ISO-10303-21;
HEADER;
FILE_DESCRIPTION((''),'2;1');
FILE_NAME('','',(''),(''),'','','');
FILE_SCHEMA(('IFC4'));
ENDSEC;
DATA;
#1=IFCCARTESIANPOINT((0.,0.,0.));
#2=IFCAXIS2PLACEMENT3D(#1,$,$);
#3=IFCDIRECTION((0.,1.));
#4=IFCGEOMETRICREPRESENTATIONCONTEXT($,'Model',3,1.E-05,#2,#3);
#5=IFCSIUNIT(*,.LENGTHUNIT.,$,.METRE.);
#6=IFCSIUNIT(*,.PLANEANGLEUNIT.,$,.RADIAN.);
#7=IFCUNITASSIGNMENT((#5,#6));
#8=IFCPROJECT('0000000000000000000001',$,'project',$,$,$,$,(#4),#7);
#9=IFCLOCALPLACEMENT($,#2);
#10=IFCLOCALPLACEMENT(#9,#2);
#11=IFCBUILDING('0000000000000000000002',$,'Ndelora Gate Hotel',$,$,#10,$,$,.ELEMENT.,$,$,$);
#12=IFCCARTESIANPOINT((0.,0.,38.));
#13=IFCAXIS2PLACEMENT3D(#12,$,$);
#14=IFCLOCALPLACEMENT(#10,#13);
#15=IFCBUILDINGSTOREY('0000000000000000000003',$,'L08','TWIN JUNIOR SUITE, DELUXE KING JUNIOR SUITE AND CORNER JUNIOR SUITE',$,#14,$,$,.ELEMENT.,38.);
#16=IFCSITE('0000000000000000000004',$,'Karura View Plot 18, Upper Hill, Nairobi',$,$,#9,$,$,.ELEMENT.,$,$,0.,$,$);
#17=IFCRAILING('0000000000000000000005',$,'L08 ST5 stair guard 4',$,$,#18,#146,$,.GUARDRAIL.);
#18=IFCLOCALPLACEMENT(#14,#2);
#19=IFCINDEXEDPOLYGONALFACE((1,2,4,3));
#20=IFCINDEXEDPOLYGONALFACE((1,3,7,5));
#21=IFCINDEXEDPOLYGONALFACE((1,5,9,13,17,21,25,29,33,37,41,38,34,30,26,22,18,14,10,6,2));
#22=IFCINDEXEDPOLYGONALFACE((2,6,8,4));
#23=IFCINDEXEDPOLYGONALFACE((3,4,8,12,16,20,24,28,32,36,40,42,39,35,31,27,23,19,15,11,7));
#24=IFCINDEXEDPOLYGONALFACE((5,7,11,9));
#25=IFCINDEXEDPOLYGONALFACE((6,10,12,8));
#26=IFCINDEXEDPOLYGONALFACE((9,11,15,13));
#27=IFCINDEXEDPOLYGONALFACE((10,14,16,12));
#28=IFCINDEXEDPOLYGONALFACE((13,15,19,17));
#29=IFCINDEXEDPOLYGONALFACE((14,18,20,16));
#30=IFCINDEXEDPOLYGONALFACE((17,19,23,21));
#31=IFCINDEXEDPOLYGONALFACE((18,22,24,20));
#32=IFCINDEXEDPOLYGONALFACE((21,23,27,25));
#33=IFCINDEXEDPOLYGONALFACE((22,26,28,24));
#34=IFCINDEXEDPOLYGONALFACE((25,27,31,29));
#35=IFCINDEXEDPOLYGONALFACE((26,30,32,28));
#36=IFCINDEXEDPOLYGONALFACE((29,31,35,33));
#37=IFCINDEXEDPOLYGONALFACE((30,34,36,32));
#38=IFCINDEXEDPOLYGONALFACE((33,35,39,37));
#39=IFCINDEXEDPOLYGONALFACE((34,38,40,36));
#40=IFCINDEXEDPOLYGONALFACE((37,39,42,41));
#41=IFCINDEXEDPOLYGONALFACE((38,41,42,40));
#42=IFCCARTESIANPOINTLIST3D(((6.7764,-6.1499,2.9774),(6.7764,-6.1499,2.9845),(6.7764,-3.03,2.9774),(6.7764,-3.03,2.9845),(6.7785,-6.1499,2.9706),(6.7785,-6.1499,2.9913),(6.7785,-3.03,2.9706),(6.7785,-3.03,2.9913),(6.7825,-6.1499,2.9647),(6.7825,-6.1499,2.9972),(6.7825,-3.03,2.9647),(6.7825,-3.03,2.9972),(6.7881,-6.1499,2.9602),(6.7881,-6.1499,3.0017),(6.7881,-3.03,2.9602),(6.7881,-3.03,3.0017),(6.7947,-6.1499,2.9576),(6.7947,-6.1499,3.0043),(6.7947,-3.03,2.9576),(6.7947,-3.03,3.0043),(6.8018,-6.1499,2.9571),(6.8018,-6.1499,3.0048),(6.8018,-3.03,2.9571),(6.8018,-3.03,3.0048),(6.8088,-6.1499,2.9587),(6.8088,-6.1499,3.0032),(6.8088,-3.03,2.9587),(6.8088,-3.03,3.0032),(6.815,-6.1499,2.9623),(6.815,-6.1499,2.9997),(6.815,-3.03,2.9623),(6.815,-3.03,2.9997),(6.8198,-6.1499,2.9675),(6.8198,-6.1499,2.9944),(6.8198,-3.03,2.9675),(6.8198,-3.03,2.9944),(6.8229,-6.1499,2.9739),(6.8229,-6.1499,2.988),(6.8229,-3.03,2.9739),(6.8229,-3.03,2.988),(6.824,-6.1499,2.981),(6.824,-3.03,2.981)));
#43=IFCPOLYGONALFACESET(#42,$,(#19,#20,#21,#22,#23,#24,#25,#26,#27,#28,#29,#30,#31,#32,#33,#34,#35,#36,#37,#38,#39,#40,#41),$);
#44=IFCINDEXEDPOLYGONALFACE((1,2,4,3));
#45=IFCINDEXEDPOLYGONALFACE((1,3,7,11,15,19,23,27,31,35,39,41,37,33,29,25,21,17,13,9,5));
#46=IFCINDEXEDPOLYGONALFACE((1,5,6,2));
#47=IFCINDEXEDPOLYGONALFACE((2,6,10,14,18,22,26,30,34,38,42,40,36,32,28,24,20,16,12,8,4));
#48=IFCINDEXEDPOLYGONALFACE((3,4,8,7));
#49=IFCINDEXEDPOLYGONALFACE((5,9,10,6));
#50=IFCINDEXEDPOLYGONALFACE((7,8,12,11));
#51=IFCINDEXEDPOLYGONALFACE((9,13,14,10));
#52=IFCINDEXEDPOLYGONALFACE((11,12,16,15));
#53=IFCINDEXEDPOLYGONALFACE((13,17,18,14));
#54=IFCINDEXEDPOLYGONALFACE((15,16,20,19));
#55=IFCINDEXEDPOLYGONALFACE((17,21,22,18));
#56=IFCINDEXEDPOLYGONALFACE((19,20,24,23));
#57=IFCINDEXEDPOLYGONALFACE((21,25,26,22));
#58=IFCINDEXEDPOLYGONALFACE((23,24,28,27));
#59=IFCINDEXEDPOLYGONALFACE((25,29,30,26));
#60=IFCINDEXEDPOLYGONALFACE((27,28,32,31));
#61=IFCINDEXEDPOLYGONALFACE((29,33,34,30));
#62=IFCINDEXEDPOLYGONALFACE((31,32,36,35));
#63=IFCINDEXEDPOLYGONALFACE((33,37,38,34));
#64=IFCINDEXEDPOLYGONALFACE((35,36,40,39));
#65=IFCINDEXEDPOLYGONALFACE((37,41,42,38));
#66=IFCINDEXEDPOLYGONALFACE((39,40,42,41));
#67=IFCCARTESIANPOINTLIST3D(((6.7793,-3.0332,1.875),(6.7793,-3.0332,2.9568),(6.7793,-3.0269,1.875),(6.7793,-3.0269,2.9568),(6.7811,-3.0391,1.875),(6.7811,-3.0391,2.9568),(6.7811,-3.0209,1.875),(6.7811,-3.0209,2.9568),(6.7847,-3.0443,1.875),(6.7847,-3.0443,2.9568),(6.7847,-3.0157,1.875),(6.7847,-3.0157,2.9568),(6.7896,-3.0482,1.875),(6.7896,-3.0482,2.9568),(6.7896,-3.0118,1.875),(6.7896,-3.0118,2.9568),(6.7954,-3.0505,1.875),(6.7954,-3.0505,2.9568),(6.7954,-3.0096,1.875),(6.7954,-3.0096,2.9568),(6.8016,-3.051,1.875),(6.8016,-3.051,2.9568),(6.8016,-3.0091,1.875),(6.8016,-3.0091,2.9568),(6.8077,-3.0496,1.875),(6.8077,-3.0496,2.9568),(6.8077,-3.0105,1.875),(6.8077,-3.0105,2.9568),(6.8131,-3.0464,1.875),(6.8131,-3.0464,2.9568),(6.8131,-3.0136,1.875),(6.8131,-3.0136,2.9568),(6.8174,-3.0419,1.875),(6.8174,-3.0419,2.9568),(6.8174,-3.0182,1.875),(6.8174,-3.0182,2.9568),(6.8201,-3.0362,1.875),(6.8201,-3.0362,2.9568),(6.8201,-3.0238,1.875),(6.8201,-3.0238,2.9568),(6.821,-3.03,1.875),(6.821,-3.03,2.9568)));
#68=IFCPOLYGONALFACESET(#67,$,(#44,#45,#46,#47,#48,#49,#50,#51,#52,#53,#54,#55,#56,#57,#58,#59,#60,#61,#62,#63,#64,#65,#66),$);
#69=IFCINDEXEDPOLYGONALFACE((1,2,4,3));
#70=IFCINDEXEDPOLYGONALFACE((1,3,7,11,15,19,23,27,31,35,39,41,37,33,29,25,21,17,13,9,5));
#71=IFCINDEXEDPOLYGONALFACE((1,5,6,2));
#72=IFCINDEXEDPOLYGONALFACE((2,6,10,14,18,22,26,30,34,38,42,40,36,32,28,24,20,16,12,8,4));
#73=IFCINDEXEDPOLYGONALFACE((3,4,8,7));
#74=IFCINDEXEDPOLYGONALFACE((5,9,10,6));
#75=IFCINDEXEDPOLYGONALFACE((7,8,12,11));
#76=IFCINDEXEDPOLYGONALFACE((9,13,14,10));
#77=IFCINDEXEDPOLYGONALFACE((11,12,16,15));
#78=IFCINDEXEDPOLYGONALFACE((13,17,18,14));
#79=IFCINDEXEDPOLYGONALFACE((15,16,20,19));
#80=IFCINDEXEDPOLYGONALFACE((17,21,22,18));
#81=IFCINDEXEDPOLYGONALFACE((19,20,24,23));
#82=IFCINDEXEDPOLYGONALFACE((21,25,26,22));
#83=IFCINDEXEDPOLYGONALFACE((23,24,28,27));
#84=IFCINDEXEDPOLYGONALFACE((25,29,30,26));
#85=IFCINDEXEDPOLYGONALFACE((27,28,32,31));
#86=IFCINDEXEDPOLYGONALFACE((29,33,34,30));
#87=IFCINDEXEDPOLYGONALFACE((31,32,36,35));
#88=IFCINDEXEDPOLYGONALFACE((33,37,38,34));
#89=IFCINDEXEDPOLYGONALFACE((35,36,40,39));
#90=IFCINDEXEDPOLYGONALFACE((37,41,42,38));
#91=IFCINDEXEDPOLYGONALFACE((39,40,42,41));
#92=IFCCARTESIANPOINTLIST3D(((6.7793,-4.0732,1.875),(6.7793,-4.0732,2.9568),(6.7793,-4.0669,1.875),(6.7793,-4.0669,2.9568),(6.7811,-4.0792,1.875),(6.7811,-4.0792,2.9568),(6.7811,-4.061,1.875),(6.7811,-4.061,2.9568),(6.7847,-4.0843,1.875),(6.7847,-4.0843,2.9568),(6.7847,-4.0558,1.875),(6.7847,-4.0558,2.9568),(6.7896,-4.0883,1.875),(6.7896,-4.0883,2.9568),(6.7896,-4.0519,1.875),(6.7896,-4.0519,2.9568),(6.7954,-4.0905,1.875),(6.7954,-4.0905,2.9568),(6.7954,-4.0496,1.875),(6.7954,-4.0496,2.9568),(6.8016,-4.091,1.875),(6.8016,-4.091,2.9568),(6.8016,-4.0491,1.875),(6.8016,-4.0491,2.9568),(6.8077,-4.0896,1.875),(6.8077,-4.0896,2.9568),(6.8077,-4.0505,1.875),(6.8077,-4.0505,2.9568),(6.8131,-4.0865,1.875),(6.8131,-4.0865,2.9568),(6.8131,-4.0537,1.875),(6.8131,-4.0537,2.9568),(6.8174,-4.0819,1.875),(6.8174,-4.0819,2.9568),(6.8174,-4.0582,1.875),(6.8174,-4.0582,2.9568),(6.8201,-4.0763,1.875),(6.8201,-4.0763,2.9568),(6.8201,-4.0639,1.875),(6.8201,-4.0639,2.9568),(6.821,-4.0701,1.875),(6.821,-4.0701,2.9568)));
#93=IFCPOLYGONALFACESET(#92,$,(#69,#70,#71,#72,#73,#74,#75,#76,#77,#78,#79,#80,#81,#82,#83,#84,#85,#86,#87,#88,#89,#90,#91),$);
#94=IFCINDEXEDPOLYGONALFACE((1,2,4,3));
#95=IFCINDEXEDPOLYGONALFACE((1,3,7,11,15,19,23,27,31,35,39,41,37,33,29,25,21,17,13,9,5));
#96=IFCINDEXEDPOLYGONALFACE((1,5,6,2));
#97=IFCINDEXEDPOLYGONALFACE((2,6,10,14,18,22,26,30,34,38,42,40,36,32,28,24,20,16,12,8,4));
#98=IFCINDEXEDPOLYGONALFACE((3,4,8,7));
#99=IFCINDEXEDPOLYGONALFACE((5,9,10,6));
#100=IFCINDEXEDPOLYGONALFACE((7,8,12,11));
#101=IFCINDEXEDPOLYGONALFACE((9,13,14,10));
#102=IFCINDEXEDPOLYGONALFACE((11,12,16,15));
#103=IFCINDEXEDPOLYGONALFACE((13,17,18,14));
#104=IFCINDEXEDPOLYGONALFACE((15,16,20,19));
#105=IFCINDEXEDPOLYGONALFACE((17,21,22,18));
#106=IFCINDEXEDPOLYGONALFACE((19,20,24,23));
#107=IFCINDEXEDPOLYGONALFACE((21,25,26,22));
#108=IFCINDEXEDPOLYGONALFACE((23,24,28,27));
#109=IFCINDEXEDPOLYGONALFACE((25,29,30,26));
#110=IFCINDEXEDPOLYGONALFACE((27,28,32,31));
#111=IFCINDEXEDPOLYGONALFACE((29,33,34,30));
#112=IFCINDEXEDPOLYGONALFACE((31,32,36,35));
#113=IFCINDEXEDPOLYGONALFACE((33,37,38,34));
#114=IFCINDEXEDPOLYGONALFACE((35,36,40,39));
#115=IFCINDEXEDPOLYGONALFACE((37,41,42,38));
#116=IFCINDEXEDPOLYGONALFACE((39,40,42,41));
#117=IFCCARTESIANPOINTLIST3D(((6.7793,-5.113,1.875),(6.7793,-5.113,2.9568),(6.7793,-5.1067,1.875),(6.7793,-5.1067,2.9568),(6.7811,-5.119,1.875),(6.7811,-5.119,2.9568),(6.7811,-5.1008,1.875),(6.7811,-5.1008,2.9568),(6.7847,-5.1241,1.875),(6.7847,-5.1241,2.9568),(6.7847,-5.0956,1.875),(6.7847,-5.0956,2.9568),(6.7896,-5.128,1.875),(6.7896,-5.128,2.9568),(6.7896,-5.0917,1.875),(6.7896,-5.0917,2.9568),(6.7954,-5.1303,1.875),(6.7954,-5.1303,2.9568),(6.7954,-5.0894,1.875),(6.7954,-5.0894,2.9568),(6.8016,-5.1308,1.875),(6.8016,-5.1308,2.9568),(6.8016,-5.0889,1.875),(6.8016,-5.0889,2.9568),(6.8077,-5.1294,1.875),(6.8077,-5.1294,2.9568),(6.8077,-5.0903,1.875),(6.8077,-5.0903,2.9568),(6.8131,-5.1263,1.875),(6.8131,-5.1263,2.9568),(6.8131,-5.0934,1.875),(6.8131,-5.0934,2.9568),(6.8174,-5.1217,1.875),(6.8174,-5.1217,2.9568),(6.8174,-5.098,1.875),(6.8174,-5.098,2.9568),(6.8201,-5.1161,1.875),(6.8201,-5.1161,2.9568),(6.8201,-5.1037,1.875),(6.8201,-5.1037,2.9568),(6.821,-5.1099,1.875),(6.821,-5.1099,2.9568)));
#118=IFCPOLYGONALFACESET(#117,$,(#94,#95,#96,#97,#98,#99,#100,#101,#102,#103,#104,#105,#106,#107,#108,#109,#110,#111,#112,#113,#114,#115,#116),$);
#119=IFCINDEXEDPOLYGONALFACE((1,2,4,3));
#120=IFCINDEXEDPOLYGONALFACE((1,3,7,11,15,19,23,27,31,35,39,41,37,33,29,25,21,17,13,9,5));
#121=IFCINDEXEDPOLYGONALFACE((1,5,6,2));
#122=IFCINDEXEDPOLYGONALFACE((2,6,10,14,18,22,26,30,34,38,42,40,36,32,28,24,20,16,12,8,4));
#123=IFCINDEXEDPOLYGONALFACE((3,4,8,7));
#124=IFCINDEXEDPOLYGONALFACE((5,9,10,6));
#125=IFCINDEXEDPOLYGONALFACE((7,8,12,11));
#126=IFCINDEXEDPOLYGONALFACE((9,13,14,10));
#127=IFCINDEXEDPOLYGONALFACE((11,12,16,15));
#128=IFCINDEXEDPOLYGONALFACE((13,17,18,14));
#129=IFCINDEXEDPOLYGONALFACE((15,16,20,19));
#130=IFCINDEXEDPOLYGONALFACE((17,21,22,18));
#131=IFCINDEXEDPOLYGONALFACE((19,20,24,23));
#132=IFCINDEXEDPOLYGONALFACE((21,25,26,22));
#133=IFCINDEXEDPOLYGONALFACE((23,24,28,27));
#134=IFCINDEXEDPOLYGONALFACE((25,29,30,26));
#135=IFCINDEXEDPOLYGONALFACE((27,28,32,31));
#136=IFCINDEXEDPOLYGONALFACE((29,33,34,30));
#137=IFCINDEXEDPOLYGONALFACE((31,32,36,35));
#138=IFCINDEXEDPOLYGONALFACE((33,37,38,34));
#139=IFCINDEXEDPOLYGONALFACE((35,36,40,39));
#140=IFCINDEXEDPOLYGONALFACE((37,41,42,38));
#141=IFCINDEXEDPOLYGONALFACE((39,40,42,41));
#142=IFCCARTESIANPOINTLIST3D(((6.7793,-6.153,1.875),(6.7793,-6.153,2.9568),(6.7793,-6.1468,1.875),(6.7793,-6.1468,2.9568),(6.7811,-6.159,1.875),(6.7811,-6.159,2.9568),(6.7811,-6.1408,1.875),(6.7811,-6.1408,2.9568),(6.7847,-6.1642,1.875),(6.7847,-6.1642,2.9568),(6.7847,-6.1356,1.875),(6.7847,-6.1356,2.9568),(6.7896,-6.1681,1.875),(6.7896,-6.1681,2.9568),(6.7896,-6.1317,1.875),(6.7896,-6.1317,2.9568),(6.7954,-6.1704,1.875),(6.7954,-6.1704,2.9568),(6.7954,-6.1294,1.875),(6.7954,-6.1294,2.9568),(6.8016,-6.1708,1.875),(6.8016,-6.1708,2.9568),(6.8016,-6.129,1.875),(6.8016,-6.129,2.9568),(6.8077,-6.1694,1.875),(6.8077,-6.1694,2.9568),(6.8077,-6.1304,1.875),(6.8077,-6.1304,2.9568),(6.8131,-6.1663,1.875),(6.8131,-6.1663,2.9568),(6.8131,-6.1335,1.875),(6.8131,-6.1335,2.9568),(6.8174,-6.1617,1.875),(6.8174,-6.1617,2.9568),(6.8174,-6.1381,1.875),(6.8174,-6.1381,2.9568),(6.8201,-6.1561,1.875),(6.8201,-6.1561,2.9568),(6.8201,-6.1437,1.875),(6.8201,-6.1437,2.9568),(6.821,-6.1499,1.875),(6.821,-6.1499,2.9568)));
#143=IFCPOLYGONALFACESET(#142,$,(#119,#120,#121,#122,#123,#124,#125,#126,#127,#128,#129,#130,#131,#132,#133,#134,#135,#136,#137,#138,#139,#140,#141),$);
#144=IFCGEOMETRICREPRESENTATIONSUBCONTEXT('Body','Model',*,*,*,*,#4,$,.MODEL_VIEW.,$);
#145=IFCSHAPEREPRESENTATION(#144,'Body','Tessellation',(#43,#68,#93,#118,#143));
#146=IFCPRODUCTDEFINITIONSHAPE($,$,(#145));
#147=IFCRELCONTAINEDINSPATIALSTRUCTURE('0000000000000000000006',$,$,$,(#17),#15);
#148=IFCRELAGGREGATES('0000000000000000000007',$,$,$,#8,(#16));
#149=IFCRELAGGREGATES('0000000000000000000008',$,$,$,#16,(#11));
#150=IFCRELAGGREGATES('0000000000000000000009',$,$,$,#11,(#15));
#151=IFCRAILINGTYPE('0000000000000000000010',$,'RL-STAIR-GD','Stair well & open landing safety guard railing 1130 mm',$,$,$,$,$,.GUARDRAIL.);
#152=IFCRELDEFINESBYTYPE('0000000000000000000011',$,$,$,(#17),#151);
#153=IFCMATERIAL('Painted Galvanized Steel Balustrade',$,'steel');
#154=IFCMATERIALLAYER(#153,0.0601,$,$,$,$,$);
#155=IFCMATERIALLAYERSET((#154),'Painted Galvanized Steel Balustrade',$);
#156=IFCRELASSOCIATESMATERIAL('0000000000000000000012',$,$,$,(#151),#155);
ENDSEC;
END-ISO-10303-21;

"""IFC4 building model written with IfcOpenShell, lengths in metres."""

from ifc_helpers import new_model, si_unit, direction, frame, origin, origin_2d, place, context, subcontext, project, spatial, circle, extrude, material, layer, layer_set, type_object, element, save


model = new_model("IFC4")

# Units and contexts
model_context = context("Model", 3, precision=1e-05, world=origin(), true_north=direction((0.0, 1.0)))
body_context = subcontext(model_context, "Body", "Model", "MODEL_VIEW")
ifc_project = project(units=[si_unit("LENGTHUNIT", "METRE"), si_unit("PLANEANGLEUNIT", "RADIAN")], contexts=[model_context])

# Site, building, storey
site_placement = place(None, origin())
site = spatial("IfcSite", under=ifc_project, at=site_placement, Name="Karura View Plot 18, Upper Hill, Nairobi", CompositionType="ELEMENT", RefElevation=0.0)
building_placement = place(site_placement, origin())
building = spatial("IfcBuilding", under=site, at=building_placement, Name="Ndelora Gate Hotel", CompositionType="ELEMENT")
storey_placement = place(building_placement, frame((0.0, 0.0, 38.0)))
storey = spatial("IfcBuildingStorey", under=building, at=storey_placement, Name="L08", Description="TWIN JUNIOR SUITE, DELUXE KING JUNIOR SUITE AND CORNER JUNIOR SUITE", CompositionType="ELEMENT", Elevation=38.0)

# Railing
ifc_material_1 = material(Name="Painted Galvanized Steel Balustrade", Category="steel")
ifc_layer_1 = layer(ifc_material_1, 0.0601)
ifc_layer_set_1 = layer_set([ifc_layer_1], Name="Painted Galvanized Steel Balustrade")
railing_type_1 = type_object("IfcRailingType", Name="RL-STAIR-GD", Description="Stair well & open landing safety guard railing 1130 mm", PredefinedType="GUARDRAIL", material=ifc_layer_set_1)
for number, where, name in (
    (1, (6.8, -3.03, 1.875), "L08 ST5 stair guard 4"),
):
    element("IfcRailing", number, at=place(storey_placement, frame(where)), inside=storey, type_object=railing_type_1, Name=name, PredefinedType="GUARDRAIL", context=body_context, shape_type="SweptSolid", body=[
        extrude(circle(Radius=0.0239, at=origin_2d()), frame((0.0, 0.0, 1.106), z_axis=(0.0, -1.0, 0.0), x_axis=(1.0, 0.0, 0.0)), (0.0, 0.0, 1.0), 3.1199),
        extrude(circle(Radius=0.021, at=origin_2d()), origin(), (0.0, 0.0, 1.0), 1.0818),
        extrude(circle(Radius=0.021, at=origin_2d()), frame((0.0, -1.04, 0.0)), (0.0, 0.0, 1.0), 1.0818),
        extrude(circle(Radius=0.021, at=origin_2d()), frame((0.0, -2.0798, 0.0)), (0.0, 0.0, 1.0), 1.0818),
        extrude(circle(Radius=0.021, at=origin_2d()), frame((0.0, -3.1199, 0.0)), (0.0, 0.0, 1.0), 1.0818),
    ])

save(model, "model.ifc")
